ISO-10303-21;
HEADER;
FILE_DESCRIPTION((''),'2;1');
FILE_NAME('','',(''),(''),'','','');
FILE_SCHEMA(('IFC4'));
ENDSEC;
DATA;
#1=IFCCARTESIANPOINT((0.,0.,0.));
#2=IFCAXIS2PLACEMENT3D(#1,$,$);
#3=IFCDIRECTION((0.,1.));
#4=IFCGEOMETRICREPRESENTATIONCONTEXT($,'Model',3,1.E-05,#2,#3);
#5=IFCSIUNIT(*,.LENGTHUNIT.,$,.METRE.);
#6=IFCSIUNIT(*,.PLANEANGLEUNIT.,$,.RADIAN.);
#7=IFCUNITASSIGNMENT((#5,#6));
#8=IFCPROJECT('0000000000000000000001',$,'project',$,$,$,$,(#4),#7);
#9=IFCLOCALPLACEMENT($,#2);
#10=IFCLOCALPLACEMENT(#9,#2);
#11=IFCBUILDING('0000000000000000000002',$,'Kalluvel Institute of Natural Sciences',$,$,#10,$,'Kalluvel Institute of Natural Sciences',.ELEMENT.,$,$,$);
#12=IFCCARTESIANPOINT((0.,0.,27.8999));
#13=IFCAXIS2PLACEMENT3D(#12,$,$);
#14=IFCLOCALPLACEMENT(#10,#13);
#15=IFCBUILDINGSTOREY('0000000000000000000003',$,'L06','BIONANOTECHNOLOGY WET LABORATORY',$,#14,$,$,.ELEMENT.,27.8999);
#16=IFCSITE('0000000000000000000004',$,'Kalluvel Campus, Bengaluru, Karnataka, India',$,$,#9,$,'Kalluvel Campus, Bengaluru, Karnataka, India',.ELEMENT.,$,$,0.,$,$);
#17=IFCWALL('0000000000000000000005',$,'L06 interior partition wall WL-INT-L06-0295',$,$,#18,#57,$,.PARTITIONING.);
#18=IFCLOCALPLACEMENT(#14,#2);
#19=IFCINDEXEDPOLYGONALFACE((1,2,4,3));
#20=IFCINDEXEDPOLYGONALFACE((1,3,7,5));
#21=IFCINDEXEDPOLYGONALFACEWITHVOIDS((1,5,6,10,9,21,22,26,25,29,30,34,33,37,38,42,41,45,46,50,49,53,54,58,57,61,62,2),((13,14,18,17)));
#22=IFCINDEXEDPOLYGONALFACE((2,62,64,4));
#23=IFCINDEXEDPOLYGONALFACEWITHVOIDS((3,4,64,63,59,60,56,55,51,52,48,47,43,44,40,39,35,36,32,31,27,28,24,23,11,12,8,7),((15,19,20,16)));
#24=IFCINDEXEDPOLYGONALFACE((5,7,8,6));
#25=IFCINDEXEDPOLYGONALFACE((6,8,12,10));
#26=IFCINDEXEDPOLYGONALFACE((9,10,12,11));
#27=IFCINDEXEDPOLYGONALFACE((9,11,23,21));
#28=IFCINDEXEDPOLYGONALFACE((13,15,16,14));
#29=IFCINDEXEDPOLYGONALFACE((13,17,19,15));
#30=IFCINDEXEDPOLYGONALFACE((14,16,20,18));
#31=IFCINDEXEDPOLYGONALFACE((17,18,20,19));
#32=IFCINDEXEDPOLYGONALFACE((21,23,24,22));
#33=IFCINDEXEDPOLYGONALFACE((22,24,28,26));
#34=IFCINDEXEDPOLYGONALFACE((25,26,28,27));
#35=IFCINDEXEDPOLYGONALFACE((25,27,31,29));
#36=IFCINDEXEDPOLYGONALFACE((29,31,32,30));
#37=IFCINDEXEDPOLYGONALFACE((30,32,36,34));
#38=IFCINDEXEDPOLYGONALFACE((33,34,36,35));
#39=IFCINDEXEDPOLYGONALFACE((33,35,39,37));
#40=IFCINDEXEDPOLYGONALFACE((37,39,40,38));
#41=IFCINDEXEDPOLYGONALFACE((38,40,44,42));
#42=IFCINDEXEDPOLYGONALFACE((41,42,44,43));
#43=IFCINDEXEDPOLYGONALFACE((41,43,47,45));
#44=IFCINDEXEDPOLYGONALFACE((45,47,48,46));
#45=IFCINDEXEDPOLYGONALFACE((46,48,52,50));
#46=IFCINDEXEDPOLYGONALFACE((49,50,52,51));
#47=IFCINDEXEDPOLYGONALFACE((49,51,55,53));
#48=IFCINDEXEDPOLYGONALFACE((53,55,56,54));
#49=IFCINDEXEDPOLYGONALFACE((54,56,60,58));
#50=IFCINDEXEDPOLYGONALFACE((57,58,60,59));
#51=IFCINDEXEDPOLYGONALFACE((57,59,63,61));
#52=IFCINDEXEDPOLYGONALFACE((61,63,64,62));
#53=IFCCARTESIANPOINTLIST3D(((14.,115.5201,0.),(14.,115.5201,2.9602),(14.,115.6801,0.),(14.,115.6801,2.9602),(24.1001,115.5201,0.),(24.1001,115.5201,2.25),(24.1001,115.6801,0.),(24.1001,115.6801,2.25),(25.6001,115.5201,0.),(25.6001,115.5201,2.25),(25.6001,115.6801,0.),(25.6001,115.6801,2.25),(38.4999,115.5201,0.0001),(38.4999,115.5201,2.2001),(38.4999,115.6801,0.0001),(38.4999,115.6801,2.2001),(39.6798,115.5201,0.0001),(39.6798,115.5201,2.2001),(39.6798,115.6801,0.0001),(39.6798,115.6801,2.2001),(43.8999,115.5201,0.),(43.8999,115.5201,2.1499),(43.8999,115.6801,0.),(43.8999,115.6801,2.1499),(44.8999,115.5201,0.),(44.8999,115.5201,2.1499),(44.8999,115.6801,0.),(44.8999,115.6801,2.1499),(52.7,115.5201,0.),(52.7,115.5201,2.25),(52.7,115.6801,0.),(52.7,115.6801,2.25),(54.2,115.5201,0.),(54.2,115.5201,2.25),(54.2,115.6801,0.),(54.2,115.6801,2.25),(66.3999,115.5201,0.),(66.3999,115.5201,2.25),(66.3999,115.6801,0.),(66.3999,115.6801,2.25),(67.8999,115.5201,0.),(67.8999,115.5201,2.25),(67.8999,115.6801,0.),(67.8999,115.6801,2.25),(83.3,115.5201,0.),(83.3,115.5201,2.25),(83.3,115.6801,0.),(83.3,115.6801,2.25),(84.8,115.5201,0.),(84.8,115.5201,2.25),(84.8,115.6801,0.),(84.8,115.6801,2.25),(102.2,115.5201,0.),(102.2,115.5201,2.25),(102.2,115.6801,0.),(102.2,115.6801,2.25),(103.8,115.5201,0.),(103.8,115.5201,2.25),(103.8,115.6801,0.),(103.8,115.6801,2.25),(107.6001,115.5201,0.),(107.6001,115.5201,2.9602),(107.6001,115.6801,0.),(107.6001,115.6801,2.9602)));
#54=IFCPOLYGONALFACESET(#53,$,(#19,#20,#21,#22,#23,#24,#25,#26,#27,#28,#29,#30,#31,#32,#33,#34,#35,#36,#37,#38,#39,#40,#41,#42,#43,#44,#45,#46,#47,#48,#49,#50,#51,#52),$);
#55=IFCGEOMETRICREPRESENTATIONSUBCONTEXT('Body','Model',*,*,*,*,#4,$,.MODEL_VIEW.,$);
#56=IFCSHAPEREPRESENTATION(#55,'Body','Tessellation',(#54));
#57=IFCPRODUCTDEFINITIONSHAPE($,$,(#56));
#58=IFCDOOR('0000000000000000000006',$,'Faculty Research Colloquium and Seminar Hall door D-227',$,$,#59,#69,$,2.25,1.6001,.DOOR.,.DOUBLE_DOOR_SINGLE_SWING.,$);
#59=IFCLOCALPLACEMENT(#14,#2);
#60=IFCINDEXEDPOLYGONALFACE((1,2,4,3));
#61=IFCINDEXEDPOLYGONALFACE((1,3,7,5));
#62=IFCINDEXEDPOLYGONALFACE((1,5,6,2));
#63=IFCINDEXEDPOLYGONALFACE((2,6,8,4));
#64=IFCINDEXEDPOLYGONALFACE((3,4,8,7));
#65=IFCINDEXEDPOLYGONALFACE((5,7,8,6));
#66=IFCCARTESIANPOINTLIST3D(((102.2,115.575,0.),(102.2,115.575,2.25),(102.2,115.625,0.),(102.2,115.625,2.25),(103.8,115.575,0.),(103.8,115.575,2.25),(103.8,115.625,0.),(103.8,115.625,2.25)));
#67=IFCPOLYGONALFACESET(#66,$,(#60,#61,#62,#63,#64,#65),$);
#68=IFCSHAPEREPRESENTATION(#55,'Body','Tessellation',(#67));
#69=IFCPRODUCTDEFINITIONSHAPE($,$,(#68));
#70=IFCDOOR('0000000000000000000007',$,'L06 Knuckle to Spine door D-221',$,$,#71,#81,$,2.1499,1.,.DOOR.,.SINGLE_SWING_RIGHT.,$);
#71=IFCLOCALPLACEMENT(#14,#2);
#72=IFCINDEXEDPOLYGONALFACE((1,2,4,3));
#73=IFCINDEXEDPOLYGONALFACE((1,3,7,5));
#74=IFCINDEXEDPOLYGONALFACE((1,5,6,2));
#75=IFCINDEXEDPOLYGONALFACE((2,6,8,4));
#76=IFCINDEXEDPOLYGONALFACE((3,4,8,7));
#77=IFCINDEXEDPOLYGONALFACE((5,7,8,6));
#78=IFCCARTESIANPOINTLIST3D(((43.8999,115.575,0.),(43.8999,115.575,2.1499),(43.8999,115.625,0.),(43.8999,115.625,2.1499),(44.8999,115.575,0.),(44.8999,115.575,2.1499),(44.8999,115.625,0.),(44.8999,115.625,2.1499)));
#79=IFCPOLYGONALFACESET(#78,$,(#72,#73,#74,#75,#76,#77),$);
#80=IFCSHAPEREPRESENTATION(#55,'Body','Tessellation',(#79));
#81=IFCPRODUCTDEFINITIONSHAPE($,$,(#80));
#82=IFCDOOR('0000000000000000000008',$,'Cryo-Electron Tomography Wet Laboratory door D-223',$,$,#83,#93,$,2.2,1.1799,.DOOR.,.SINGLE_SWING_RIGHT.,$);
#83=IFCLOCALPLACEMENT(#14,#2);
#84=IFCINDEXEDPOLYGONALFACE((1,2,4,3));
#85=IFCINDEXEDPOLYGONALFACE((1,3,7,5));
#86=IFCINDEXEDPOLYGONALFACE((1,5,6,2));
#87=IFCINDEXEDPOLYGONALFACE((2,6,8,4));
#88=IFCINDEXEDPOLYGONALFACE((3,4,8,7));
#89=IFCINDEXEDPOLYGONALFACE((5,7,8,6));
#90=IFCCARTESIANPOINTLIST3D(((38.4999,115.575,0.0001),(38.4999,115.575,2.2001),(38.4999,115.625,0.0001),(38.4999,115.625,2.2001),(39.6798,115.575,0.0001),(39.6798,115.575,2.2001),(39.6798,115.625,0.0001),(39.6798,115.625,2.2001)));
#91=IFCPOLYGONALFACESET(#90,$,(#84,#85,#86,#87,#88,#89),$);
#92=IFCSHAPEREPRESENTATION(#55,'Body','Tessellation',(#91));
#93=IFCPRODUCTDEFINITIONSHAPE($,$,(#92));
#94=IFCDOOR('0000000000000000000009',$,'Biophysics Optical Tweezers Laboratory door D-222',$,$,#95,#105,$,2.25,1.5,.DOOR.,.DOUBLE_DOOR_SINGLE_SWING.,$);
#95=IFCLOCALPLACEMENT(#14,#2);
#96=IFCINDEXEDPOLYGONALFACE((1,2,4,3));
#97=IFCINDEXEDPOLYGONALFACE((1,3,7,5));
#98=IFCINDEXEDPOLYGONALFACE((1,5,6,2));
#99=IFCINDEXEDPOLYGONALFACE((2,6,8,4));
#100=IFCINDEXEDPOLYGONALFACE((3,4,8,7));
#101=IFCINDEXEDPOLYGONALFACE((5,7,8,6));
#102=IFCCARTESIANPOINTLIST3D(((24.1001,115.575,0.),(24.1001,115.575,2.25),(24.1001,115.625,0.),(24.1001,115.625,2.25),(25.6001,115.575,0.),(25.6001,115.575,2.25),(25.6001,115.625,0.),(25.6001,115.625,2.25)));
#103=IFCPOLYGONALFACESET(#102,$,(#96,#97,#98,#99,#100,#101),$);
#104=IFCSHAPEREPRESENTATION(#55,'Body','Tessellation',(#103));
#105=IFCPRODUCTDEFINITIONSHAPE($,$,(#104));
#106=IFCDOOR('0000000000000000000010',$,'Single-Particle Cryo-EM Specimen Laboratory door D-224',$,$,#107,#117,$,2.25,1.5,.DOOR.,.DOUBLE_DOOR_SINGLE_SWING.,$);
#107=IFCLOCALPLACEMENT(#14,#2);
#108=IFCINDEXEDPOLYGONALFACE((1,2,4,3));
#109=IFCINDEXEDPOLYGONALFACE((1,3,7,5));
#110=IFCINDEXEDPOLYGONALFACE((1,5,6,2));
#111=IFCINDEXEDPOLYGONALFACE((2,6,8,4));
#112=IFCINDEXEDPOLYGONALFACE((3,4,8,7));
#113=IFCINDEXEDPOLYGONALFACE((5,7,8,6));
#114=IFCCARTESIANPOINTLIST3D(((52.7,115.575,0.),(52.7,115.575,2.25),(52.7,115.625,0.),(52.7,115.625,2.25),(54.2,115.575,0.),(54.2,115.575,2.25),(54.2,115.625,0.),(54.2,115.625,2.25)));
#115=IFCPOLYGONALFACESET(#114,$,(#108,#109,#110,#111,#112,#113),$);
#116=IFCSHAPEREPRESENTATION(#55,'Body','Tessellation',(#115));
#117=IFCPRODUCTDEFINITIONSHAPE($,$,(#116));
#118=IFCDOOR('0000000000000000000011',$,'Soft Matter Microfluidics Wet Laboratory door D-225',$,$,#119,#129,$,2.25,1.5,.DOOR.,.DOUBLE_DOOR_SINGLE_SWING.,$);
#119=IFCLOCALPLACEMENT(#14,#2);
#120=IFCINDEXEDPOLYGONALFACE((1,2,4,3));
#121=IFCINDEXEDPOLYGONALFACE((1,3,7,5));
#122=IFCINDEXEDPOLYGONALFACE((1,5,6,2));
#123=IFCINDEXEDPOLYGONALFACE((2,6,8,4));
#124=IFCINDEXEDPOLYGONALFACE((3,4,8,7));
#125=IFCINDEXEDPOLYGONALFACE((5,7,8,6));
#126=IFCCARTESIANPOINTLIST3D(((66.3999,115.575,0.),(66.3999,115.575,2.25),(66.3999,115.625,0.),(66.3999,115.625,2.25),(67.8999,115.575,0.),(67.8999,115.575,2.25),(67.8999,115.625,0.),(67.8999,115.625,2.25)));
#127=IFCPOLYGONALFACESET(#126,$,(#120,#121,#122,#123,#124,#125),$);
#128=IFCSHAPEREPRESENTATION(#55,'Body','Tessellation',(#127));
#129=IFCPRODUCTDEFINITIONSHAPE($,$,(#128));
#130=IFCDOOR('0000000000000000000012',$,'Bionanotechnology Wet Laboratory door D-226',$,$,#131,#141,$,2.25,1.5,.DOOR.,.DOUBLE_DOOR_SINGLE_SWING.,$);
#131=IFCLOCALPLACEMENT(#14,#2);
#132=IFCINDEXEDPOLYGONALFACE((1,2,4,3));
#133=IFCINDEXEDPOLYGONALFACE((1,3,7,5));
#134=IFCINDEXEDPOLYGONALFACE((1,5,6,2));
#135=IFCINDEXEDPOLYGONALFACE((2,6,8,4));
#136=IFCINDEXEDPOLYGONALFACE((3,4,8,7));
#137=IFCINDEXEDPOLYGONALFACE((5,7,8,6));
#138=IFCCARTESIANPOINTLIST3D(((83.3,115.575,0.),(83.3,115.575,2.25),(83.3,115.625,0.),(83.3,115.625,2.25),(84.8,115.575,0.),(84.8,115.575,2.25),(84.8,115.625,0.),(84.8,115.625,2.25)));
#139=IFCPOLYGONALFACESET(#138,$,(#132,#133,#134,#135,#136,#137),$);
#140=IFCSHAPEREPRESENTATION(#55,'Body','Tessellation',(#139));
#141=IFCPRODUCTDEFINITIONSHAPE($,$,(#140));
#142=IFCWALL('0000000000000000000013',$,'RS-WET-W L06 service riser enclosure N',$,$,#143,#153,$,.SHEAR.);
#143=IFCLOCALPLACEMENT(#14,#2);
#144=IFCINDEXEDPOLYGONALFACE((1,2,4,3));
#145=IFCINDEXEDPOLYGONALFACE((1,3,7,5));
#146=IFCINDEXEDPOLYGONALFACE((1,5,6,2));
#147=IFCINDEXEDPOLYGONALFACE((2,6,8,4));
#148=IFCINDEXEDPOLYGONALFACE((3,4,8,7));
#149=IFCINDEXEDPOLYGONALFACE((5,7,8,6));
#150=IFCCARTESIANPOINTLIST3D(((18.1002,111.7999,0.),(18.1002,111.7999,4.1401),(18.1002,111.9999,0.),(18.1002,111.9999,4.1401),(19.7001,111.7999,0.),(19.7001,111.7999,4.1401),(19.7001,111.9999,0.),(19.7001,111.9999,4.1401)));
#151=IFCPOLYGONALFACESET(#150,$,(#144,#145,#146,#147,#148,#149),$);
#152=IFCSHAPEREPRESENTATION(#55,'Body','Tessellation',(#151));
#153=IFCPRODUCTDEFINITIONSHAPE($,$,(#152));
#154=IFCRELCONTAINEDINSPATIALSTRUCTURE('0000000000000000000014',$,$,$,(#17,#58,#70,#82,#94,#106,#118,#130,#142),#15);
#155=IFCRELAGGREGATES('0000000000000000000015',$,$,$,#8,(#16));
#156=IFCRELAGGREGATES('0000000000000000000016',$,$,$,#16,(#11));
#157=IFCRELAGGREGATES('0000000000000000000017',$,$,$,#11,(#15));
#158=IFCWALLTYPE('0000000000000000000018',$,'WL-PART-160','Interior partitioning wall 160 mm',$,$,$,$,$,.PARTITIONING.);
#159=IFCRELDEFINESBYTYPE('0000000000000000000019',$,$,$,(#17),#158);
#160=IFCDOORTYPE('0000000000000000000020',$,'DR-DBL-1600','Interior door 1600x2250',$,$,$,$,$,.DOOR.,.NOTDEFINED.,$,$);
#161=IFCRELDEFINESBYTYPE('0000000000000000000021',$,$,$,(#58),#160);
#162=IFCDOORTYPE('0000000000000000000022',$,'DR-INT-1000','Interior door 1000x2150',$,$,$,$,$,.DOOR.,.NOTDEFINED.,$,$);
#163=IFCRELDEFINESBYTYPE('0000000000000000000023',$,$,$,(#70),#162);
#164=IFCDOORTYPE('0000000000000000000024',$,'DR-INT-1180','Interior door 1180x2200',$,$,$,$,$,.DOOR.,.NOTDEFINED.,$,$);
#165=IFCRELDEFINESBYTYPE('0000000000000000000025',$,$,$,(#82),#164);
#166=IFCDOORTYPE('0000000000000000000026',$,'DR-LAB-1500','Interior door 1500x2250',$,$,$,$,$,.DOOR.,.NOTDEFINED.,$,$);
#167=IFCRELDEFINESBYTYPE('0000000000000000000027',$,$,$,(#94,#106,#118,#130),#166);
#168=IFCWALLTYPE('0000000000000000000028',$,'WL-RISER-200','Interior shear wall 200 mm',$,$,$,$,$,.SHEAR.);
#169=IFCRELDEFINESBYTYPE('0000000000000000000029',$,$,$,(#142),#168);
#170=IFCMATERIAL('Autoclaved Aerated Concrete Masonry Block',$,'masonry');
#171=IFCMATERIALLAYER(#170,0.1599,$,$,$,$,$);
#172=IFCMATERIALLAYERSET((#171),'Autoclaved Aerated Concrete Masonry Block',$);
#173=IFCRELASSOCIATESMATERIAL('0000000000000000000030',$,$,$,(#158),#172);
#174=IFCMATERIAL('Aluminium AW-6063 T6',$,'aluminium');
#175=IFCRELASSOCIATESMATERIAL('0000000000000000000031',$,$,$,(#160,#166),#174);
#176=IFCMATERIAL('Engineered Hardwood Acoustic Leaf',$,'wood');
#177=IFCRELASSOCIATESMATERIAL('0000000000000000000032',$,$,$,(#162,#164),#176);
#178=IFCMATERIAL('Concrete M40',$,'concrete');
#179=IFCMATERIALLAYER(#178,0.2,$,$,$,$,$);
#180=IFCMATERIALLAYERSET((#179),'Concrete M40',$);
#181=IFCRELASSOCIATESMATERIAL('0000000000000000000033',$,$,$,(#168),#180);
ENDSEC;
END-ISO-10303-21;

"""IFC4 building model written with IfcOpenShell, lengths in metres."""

from ifc_helpers import new_model, si_unit, direction, frame, frame_2d, origin, place, context, subcontext, project, spatial, rectangle, extrude, material, layer, layer_set, type_object, element, fill, save


model = new_model("IFC4")

# Units and contexts
model_context = context("Model", 3, precision=1e-05, world=origin(), true_north=direction((0.0, 1.0)))
body_context = subcontext(model_context, "Body", "Model", "MODEL_VIEW")
ifc_project = project(units=[si_unit("LENGTHUNIT", "METRE"), si_unit("PLANEANGLEUNIT", "RADIAN")], contexts=[model_context])

# Site, building, storey
site_placement = place(None, origin())
site = spatial("IfcSite", under=ifc_project, at=site_placement, Name="Kalluvel Campus, Bengaluru, Karnataka, India", LongName="Kalluvel Campus, Bengaluru, Karnataka, India", CompositionType="ELEMENT", RefElevation=0.0)
building_placement = place(site_placement, origin())
building = spatial("IfcBuilding", under=site, at=building_placement, Name="Kalluvel Institute of Natural Sciences", LongName="Kalluvel Institute of Natural Sciences", CompositionType="ELEMENT")
storey_placement = place(building_placement, frame((0.0, 0.0, 27.8999)))
storey = spatial("IfcBuildingStorey", under=building, at=storey_placement, Name="L06", Description="BIONANOTECHNOLOGY WET LABORATORY", CompositionType="ELEMENT", Elevation=27.8999)

# Shared definitions
ifc_material_1 = material(Name="Concrete M40", Category="concrete")

# Wall, openings, doors
ifc_material_2 = material(Name="Autoclaved Aerated Concrete Masonry Block", Category="masonry")
ifc_layer_1 = layer(ifc_material_2, 0.1599)
ifc_layer_set_1 = layer_set([ifc_layer_1], Name="Autoclaved Aerated Concrete Masonry Block")
wall_type_1 = type_object("IfcWallType", Name="WL-PART-160", Description="Interior partitioning wall 160 mm", PredefinedType="PARTITIONING", material=ifc_layer_set_1)
ifc_material_3 = material(Name="Engineered Hardwood Acoustic Leaf", Category="wood")
wall_1_placement = place(storey_placement, frame((14.0, 115.6001, 0.0), z_axis=(0.0, 0.0, 1.0), x_axis=(1.0, 0.0, 0.0)))
wall_1 = element("IfcWall", 1, at=wall_1_placement, inside=storey, type_object=wall_type_1, Name="L06 interior partition wall WL-INT-L06-0295", PredefinedType="PARTITIONING", context=body_context, shape_type="SweptSolid", body=[
    extrude(rectangle(XDim=93.6001, YDim=0.1599, at=frame_2d((46.8, 0.0))), origin(), (0.0, 0.0, 1.0), 2.9602),
])
opening_1_placement = place(wall_1_placement, frame((29.8999, 0.0, 0.0)))
opening_1 = element("IfcOpeningElement", 2, at=opening_1_placement, cuts=wall_1, PredefinedType="OPENING", context=body_context, shape_type="SweptSolid", body=[
    extrude(rectangle(XDim=1.0, YDim=2.1499, at=frame_2d((0.5, 1.075))), frame((0.0, 0.0898, 0.0), z_axis=(0.0, -1.0, 0.0), x_axis=(1.0, 0.0, 0.0)), (0.0, 0.0, 1.0), 0.1799),
])
opening_2_placement = place(wall_1_placement, frame((10.1001, 0.0, 0.0)))
opening_2 = element("IfcOpeningElement", 3, at=opening_2_placement, cuts=wall_1, PredefinedType="OPENING", context=body_context, shape_type="SweptSolid", body=[
    extrude(rectangle(XDim=1.5, YDim=2.25, at=frame_2d((0.75, 1.125))), frame((0.0, 0.0898, 0.0), z_axis=(0.0, -1.0, 0.0), x_axis=(1.0, 0.0, 0.0)), (0.0, 0.0, 1.0), 0.1799),
])
opening_3_placement = place(wall_1_placement, frame((24.5, 0.0, 0.0)))
opening_3 = element("IfcOpeningElement", 4, at=opening_3_placement, cuts=wall_1, PredefinedType="OPENING", context=body_context, shape_type="SweptSolid", body=[
    extrude(rectangle(XDim=1.1799, YDim=2.2, at=frame_2d((0.5898, 1.1001))), frame((0.0, 0.0898, 0.0), z_axis=(0.0, -1.0, 0.0), x_axis=(1.0, 0.0, 0.0)), (0.0, 0.0, 1.0), 0.1799),
])
opening_4_placement = place(wall_1_placement, frame((38.7, 0.0, 0.0)))
opening_4 = element("IfcOpeningElement", 5, at=opening_4_placement, cuts=wall_1, PredefinedType="OPENING", context=body_context, shape_type="SweptSolid", body=[
    extrude(rectangle(XDim=1.5, YDim=2.25, at=frame_2d((0.75, 1.125))), frame((0.0, 0.0898, 0.0), z_axis=(0.0, -1.0, 0.0), x_axis=(1.0, 0.0, 0.0)), (0.0, 0.0, 1.0), 0.1799),
])
opening_5_placement = place(wall_1_placement, frame((52.3999, 0.0, 0.0)))
opening_5 = element("IfcOpeningElement", 6, at=opening_5_placement, cuts=wall_1, PredefinedType="OPENING", context=body_context, shape_type="SweptSolid", body=[
    extrude(rectangle(XDim=1.5, YDim=2.25, at=frame_2d((0.75, 1.125))), frame((0.0, 0.0898, 0.0), z_axis=(0.0, -1.0, 0.0), x_axis=(1.0, 0.0, 0.0)), (0.0, 0.0, 1.0), 0.1799),
])
opening_6_placement = place(wall_1_placement, frame((69.3, 0.0, 0.0)))
opening_6 = element("IfcOpeningElement", 7, at=opening_6_placement, cuts=wall_1, PredefinedType="OPENING", context=body_context, shape_type="SweptSolid", body=[
    extrude(rectangle(XDim=1.5, YDim=2.25, at=frame_2d((0.75, 1.125))), frame((0.0, 0.0898, 0.0), z_axis=(0.0, -1.0, 0.0), x_axis=(1.0, 0.0, 0.0)), (0.0, 0.0, 1.0), 0.1799),
])
opening_7_placement = place(wall_1_placement, frame((88.2, 0.0, 0.0)))
opening_7 = element("IfcOpeningElement", 8, at=opening_7_placement, cuts=wall_1, PredefinedType="OPENING", context=body_context, shape_type="SweptSolid", body=[
    extrude(rectangle(XDim=1.6001, YDim=2.25, at=frame_2d((0.8, 1.125))), frame((0.0, 0.0898, 0.0), z_axis=(0.0, -1.0, 0.0), x_axis=(1.0, 0.0, 0.0)), (0.0, 0.0, 1.0), 0.1799),
])
ifc_material_4 = material(Name="Aluminium AW-6063 T6", Category="aluminium")
door_type_1 = type_object("IfcDoorType", Name="DR-DBL-1600", Description="Interior door 1600x2250", OperationType="NOTDEFINED", PredefinedType="DOOR", material=ifc_material_4)
door_1_placement = place(opening_7_placement, origin())
door_1 = element("IfcDoor", 9, at=door_1_placement, inside=storey, type_object=door_type_1, Name="Faculty Research Colloquium and Seminar Hall door D-227", OperationType="DOUBLE_DOOR_SINGLE_SWING", OverallHeight=2.25, OverallWidth=1.6001, PredefinedType="DOOR", context=body_context, shape_type="SweptSolid", body=[
    extrude(rectangle(XDim=1.6001, YDim=2.25, at=frame_2d((0.8, 1.125))), frame((0.0, 0.0249, 0.0), z_axis=(0.0, -1.0, 0.0), x_axis=(1.0, 0.0, 0.0)), (0.0, 0.0, 1.0), 0.05),
])
fill(opening_7, door_1)
door_type_2 = type_object("IfcDoorType", Name="DR-INT-1000", Description="Interior door 1000x2150", OperationType="NOTDEFINED", PredefinedType="DOOR", material=ifc_material_3)
door_2_placement = place(opening_1_placement, origin())
door_2 = element("IfcDoor", 10, at=door_2_placement, inside=storey, type_object=door_type_2, Name="L06 Knuckle to Spine door D-221", OperationType="SINGLE_SWING_RIGHT", OverallHeight=2.1499, OverallWidth=1.0, PredefinedType="DOOR", context=body_context, shape_type="SweptSolid", body=[
    extrude(rectangle(XDim=1.0, YDim=2.1499, at=frame_2d((0.5, 1.075))), frame((0.0, 0.0249, 0.0), z_axis=(0.0, -1.0, 0.0), x_axis=(1.0, 0.0, 0.0)), (0.0, 0.0, 1.0), 0.05),
])
fill(opening_1, door_2)
door_type_3 = type_object("IfcDoorType", Name="DR-INT-1180", Description="Interior door 1180x2200", OperationType="NOTDEFINED", PredefinedType="DOOR", material=ifc_material_3)
door_3_placement = place(opening_3_placement, origin())
door_3 = element("IfcDoor", 11, at=door_3_placement, inside=storey, type_object=door_type_3, Name="Cryo-Electron Tomography Wet Laboratory door D-223", OperationType="SINGLE_SWING_RIGHT", OverallHeight=2.2, OverallWidth=1.1799, PredefinedType="DOOR", context=body_context, shape_type="SweptSolid", body=[
    extrude(rectangle(XDim=1.1799, YDim=2.2, at=frame_2d((0.5898, 1.1001))), frame((0.0, 0.0249, 0.0), z_axis=(0.0, -1.0, 0.0), x_axis=(1.0, 0.0, 0.0)), (0.0, 0.0, 1.0), 0.05),
])
fill(opening_3, door_3)
door_type_4 = type_object("IfcDoorType", Name="DR-LAB-1500", Description="Interior door 1500x2250", OperationType="NOTDEFINED", PredefinedType="DOOR", material=ifc_material_4)
door_4_placement = place(opening_2_placement, origin())
door_4 = element("IfcDoor", 12, at=door_4_placement, inside=storey, type_object=door_type_4, Name="Biophysics Optical Tweezers Laboratory door D-222", OperationType="DOUBLE_DOOR_SINGLE_SWING", OverallHeight=2.25, OverallWidth=1.5, PredefinedType="DOOR", context=body_context, shape_type="SweptSolid", body=[
    extrude(rectangle(XDim=1.5, YDim=2.25, at=frame_2d((0.75, 1.125))), frame((0.0, 0.0249, 0.0), z_axis=(0.0, -1.0, 0.0), x_axis=(1.0, 0.0, 0.0)), (0.0, 0.0, 1.0), 0.05),
])
fill(opening_2, door_4)
door_5_placement = place(opening_4_placement, origin())
door_5 = element("IfcDoor", 13, at=door_5_placement, inside=storey, type_object=door_type_4, Name="Single-Particle Cryo-EM Specimen Laboratory door D-224", OperationType="DOUBLE_DOOR_SINGLE_SWING", OverallHeight=2.25, OverallWidth=1.5, PredefinedType="DOOR", context=body_context, shape_type="SweptSolid", body=[
    extrude(rectangle(XDim=1.5, YDim=2.25, at=frame_2d((0.75, 1.125))), frame((0.0, 0.0249, 0.0), z_axis=(0.0, -1.0, 0.0), x_axis=(1.0, 0.0, 0.0)), (0.0, 0.0, 1.0), 0.05),
])
fill(opening_4, door_5)
door_6_placement = place(opening_5_placement, origin())
door_6 = element("IfcDoor", 14, at=door_6_placement, inside=storey, type_object=door_type_4, Name="Soft Matter Microfluidics Wet Laboratory door D-225", OperationType="DOUBLE_DOOR_SINGLE_SWING", OverallHeight=2.25, OverallWidth=1.5, PredefinedType="DOOR", context=body_context, shape_type="SweptSolid", body=[
    extrude(rectangle(XDim=1.5, YDim=2.25, at=frame_2d((0.75, 1.125))), frame((0.0, 0.0249, 0.0), z_axis=(0.0, -1.0, 0.0), x_axis=(1.0, 0.0, 0.0)), (0.0, 0.0, 1.0), 0.05),
])
fill(opening_5, door_6)
door_7_placement = place(opening_6_placement, origin())
door_7 = element("IfcDoor", 15, at=door_7_placement, inside=storey, type_object=door_type_4, Name="Bionanotechnology Wet Laboratory door D-226", OperationType="DOUBLE_DOOR_SINGLE_SWING", OverallHeight=2.25, OverallWidth=1.5, PredefinedType="DOOR", context=body_context, shape_type="SweptSolid", body=[
    extrude(rectangle(XDim=1.5, YDim=2.25, at=frame_2d((0.75, 1.125))), frame((0.0, 0.0249, 0.0), z_axis=(0.0, -1.0, 0.0), x_axis=(1.0, 0.0, 0.0)), (0.0, 0.0, 1.0), 0.05),
])
fill(opening_6, door_7)

# Wall
ifc_layer_2 = layer(ifc_material_1, 0.2)
ifc_layer_set_2 = layer_set([ifc_layer_2], Name="Concrete M40")
wall_type_2 = type_object("IfcWallType", Name="WL-RISER-200", Description="Interior shear wall 200 mm", PredefinedType="SHEAR", material=ifc_layer_set_2)
wall_2_placement = place(storey_placement, frame((19.7, 111.8999, 0.0), z_axis=(0.0, 0.0, 1.0), x_axis=(-1.0, 0.0, 0.0)))
element("IfcWall", 16, at=wall_2_placement, inside=storey, type_object=wall_type_2, Name="RS-WET-W L06 service riser enclosure N", PredefinedType="SHEAR", context=body_context, shape_type="SweptSolid", body=[
    extrude(rectangle(XDim=1.5999, YDim=0.2, at=frame_2d((0.7998, 0.0))), origin(), (0.0, 0.0, 1.0), 4.1401),
])

save(model, "model.ifc")
